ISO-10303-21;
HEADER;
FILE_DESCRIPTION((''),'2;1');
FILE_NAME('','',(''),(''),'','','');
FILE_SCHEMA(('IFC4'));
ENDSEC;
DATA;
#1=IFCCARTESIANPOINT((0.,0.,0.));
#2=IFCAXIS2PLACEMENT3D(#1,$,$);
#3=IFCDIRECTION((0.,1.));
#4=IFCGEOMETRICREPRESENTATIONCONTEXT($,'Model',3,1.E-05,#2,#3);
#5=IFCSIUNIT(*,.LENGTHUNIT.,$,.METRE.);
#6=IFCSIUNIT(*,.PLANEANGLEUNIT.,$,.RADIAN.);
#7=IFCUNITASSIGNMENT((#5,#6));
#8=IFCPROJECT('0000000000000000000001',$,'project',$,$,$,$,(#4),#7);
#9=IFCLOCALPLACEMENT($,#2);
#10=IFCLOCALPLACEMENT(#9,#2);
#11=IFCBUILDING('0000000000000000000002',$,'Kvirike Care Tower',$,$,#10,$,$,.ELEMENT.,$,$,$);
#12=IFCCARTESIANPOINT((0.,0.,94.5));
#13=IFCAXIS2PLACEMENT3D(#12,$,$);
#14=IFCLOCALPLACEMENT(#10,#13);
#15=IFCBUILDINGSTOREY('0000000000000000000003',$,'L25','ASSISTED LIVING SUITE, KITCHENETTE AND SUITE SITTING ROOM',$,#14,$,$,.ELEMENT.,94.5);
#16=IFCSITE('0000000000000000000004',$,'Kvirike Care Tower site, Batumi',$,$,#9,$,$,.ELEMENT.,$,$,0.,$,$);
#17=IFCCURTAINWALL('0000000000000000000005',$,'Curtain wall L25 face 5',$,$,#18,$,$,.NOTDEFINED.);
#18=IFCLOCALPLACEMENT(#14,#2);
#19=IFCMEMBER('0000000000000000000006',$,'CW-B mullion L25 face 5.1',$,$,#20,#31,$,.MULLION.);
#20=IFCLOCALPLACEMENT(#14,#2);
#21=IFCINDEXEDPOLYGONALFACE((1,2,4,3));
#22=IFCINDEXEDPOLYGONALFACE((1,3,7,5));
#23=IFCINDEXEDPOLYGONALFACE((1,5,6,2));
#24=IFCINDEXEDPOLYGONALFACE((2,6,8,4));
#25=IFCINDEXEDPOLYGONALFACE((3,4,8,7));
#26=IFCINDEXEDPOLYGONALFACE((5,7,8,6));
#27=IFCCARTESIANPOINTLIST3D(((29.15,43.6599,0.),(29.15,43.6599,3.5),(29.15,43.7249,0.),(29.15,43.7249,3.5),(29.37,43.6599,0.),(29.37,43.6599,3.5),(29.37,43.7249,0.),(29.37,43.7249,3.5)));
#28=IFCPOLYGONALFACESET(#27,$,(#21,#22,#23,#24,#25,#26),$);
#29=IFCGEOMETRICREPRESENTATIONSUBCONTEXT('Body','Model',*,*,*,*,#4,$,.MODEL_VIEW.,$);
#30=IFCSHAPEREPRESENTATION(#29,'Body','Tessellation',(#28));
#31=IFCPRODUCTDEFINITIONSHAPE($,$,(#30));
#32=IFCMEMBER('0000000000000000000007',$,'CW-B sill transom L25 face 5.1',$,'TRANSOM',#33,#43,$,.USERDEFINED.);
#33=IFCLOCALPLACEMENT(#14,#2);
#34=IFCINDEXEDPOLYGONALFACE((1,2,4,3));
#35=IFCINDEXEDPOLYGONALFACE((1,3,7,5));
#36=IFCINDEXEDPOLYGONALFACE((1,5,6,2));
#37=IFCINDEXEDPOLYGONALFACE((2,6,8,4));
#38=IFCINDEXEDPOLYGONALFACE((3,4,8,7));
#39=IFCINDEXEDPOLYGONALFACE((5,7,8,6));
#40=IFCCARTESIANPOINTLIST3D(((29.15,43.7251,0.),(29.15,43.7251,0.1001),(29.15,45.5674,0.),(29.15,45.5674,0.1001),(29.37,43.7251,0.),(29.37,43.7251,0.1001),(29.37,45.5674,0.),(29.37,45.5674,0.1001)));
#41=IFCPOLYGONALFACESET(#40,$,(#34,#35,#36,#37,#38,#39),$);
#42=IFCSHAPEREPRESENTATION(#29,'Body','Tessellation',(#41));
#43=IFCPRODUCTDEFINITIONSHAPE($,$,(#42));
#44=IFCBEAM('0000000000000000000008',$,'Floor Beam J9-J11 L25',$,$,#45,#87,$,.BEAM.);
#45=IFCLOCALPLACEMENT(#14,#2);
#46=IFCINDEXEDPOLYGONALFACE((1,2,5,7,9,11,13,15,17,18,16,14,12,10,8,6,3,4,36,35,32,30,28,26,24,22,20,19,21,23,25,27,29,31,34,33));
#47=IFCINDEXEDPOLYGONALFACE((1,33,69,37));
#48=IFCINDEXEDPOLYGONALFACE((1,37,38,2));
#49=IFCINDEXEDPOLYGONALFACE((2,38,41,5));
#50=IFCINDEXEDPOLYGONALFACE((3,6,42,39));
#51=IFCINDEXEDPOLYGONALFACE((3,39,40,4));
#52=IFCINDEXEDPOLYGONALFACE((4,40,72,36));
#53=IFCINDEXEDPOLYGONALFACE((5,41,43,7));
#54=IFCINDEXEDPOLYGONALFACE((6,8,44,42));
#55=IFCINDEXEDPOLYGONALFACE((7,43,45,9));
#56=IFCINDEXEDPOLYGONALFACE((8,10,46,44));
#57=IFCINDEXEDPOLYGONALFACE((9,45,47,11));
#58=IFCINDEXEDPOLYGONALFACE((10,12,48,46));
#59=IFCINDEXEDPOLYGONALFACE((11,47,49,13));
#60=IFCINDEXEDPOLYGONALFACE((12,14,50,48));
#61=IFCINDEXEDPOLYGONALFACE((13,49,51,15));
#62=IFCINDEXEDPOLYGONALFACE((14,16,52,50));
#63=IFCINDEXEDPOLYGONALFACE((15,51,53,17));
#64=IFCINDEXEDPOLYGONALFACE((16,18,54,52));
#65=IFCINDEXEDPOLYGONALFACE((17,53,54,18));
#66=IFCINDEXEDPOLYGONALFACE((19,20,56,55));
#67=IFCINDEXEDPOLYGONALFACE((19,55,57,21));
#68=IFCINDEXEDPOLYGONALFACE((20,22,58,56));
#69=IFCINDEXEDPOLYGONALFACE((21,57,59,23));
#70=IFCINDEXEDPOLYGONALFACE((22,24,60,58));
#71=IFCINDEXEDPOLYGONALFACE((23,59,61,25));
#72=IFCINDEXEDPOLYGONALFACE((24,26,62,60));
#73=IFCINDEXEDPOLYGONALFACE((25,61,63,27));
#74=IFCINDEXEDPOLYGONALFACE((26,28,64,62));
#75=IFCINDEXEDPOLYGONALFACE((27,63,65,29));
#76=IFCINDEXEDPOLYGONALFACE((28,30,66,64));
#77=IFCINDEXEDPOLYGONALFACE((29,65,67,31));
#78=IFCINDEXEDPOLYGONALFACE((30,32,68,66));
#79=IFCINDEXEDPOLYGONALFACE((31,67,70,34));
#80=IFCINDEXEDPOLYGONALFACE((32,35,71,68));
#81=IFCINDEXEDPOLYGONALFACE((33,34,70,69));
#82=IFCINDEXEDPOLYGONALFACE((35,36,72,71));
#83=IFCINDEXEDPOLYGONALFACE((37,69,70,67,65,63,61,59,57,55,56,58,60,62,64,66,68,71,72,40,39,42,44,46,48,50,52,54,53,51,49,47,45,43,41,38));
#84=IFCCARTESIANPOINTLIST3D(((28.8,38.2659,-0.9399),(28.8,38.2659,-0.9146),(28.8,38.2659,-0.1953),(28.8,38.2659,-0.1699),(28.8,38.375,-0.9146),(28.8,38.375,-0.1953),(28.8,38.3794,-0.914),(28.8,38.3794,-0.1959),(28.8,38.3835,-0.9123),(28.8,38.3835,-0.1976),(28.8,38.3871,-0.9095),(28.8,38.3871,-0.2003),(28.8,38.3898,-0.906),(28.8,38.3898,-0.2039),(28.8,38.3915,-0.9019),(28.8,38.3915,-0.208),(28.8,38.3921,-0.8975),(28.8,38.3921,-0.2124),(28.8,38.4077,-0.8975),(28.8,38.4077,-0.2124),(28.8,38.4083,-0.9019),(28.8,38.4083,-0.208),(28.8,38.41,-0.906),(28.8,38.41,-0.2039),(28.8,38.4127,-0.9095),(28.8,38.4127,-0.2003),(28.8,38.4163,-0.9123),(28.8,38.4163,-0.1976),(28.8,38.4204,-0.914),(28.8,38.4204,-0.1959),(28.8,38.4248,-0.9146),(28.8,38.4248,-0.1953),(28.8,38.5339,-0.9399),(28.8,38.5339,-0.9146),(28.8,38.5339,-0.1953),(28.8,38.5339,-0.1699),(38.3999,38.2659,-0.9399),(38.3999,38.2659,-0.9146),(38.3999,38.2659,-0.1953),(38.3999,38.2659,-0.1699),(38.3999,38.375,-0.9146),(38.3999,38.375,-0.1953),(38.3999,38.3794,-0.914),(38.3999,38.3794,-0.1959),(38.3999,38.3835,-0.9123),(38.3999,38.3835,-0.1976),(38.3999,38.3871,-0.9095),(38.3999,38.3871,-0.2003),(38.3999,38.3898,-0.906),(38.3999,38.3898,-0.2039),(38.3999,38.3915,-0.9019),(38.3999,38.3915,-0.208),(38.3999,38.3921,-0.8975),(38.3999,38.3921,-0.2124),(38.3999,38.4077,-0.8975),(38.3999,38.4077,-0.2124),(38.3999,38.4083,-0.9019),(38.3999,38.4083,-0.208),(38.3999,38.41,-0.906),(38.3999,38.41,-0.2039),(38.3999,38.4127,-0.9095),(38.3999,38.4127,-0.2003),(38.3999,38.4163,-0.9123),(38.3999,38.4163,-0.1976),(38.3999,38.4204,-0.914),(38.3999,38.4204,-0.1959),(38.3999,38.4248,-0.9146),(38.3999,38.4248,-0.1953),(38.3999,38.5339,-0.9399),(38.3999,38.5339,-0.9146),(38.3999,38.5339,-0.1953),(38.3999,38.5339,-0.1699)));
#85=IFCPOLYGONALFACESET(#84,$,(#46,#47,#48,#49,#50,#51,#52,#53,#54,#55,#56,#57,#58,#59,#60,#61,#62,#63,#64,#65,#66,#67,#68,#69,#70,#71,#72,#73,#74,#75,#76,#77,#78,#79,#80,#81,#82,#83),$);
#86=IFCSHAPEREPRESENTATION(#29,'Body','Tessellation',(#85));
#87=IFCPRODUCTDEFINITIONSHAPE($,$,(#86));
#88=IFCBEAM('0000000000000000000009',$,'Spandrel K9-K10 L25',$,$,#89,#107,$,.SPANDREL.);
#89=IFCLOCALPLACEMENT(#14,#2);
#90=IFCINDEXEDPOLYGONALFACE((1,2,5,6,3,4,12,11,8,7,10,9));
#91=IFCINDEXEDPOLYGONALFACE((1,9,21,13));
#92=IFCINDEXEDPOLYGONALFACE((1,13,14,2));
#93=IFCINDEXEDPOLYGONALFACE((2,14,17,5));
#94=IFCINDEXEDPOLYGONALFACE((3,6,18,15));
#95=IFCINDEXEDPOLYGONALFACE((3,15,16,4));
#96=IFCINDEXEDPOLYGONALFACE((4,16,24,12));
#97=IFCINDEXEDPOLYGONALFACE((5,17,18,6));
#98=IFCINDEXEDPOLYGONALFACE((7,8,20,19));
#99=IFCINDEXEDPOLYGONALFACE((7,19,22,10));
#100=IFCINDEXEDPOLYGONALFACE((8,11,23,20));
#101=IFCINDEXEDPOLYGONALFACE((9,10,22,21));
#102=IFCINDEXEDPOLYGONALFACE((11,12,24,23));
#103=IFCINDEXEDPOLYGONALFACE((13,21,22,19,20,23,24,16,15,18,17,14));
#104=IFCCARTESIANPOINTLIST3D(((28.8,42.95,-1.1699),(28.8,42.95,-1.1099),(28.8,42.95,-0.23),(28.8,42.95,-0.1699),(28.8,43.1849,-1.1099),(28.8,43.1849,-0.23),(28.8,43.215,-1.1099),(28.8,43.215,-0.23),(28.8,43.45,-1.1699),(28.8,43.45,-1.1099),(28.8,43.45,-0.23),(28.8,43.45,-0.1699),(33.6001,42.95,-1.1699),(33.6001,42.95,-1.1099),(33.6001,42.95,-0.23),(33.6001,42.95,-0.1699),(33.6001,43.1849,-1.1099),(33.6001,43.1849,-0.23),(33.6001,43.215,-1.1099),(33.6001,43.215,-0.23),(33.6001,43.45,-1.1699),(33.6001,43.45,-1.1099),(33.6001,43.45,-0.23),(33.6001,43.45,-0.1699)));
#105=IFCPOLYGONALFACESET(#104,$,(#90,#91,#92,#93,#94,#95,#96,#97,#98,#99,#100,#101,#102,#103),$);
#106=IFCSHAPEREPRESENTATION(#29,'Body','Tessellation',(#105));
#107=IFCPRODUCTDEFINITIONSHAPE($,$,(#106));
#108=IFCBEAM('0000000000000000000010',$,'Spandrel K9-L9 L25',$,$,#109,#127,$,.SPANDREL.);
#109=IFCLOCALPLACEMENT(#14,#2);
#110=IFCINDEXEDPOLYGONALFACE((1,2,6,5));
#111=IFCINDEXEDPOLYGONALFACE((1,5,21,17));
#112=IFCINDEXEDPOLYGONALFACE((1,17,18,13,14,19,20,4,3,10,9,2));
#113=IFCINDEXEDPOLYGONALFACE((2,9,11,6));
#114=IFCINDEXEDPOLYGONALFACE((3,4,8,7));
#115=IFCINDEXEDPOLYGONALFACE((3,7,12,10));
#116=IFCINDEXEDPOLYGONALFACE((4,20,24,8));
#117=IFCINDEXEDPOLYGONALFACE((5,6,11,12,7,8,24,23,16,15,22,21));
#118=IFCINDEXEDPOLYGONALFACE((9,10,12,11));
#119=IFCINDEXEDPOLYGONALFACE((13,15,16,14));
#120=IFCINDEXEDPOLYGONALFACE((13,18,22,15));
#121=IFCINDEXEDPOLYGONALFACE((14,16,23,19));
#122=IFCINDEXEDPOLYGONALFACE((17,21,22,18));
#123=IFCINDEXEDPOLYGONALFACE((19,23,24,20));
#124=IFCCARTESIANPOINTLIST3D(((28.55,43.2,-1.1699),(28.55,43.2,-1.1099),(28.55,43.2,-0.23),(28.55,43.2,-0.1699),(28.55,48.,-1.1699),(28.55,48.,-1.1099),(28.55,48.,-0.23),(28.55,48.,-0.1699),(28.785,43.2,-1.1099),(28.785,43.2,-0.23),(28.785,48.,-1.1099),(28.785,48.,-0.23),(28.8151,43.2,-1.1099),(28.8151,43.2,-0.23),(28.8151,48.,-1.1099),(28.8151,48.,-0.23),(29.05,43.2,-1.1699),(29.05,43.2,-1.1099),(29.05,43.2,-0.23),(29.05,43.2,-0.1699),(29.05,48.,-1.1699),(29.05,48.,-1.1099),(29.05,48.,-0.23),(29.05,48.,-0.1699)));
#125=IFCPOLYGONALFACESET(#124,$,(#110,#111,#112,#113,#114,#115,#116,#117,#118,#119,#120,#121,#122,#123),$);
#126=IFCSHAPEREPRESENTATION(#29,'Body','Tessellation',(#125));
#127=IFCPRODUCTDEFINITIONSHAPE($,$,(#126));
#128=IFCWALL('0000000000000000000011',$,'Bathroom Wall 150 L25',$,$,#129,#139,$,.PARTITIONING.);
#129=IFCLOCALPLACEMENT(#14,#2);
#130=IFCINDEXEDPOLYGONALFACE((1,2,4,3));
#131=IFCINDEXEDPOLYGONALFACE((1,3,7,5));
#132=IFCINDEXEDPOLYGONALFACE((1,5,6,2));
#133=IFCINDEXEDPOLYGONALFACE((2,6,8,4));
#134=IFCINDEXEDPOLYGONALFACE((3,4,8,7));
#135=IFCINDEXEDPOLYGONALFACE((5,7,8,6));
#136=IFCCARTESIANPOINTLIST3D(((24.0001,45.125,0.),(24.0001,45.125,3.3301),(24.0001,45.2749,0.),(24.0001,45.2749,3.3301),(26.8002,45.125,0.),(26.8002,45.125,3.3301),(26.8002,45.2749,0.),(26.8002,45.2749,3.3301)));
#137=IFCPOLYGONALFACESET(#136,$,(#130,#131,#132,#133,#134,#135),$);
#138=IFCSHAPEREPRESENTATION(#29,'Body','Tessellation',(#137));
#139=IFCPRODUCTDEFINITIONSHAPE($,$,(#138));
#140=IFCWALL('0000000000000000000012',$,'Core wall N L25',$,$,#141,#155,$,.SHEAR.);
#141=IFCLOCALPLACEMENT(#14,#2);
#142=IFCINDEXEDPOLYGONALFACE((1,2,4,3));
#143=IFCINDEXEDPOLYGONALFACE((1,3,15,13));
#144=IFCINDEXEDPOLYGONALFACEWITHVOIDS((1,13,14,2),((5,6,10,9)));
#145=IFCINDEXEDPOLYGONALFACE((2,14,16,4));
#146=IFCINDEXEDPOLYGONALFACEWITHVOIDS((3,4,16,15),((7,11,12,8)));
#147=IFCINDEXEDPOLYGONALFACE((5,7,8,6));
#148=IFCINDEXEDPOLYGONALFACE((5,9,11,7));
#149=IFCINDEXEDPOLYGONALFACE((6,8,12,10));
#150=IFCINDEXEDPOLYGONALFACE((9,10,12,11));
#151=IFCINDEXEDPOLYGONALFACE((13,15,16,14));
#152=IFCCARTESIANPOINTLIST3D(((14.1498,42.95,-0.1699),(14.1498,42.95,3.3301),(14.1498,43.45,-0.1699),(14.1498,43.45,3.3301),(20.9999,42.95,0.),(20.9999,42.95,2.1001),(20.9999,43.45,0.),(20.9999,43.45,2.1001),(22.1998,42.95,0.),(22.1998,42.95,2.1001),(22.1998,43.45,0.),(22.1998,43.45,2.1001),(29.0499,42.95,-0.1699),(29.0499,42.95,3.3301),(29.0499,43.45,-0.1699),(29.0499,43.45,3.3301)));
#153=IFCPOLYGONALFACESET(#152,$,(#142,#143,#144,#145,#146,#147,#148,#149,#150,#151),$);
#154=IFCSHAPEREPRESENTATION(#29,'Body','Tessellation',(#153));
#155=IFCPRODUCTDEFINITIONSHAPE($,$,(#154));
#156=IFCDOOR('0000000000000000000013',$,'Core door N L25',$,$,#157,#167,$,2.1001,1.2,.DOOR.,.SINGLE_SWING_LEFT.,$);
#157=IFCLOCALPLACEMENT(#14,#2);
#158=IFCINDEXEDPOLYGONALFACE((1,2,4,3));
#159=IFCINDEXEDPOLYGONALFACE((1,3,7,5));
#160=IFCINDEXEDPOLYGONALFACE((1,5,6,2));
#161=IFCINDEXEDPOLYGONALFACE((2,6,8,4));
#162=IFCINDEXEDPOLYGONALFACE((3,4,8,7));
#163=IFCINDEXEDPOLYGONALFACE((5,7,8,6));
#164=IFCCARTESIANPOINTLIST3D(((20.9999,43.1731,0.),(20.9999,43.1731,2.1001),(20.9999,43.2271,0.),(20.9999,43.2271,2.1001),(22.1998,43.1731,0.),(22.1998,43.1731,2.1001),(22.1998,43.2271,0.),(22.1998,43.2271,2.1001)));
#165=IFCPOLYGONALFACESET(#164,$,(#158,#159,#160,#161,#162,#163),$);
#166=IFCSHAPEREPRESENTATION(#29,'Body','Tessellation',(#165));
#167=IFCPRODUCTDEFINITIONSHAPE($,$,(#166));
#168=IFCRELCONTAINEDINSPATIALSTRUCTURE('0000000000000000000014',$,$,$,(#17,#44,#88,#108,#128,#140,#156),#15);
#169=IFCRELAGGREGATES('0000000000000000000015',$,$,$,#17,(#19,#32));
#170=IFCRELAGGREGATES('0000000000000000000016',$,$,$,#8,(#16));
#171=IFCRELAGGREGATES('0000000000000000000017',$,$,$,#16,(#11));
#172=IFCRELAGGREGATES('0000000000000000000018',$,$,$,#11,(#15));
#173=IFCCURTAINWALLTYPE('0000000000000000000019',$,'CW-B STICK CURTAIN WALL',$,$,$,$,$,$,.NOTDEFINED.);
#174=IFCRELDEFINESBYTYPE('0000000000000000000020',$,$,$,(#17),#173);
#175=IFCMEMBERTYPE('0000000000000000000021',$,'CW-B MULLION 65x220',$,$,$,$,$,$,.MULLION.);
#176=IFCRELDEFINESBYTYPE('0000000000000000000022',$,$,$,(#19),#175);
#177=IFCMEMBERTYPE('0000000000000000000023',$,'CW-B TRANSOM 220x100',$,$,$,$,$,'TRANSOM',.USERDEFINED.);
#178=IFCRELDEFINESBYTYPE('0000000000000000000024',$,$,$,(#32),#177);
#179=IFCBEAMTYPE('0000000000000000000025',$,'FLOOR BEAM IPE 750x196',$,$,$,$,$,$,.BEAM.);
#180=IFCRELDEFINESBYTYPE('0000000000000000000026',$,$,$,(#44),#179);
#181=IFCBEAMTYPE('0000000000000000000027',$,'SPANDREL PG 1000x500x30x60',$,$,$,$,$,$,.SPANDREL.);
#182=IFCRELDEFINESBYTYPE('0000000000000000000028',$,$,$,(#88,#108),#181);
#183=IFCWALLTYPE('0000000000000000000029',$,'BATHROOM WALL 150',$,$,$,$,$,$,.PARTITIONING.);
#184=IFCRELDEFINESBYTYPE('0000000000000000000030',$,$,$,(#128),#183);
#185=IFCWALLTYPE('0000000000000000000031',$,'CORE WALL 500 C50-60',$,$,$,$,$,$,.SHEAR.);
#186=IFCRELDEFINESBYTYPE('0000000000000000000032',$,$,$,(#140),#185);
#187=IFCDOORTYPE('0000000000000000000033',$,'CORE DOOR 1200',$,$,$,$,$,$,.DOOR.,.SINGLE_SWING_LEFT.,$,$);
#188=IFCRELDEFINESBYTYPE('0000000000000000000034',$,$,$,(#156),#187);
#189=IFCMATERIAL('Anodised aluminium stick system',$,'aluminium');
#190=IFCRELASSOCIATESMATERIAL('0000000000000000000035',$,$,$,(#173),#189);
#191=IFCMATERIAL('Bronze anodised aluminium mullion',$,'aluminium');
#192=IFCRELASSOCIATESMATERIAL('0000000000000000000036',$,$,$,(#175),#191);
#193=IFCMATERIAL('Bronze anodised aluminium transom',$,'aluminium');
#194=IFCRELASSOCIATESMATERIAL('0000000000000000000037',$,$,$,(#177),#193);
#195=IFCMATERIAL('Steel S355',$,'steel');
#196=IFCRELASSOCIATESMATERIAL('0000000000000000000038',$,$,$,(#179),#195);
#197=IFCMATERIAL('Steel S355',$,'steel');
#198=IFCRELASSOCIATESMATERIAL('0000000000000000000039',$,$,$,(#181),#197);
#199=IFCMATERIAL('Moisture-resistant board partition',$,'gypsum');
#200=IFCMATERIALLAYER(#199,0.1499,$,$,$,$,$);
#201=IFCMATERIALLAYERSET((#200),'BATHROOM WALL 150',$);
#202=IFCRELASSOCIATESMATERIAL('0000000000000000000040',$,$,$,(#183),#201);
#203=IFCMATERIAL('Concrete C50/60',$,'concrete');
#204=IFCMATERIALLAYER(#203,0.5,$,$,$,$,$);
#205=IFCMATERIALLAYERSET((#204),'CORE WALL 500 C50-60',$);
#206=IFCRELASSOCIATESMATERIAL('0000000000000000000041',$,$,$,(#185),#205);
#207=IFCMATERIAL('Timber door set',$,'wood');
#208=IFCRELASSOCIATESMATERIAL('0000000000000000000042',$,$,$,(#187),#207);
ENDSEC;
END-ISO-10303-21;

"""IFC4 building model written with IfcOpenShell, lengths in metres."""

from ifc_helpers import new_model, si_unit, direction, frame, frame_2d, origin, origin_2d, place, context, subcontext, project, spatial, rectangle, i_section, extrude, material, layer, layer_set, material_profile, profile_set, type_object, element, fill, aggregate, save


model = new_model("IFC4")

# Units and contexts
model_context = context("Model", 3, precision=1e-05, world=origin(), true_north=direction((0.0, 1.0)))
body_context = subcontext(model_context, "Body", "Model", "MODEL_VIEW")
ifc_project = project(units=[si_unit("LENGTHUNIT", "METRE"), si_unit("PLANEANGLEUNIT", "RADIAN")], contexts=[model_context])

# Site, building, storey
site_placement = place(None, origin())
site = spatial("IfcSite", under=ifc_project, at=site_placement, Name="Kvirike Care Tower site, Batumi", CompositionType="ELEMENT", RefElevation=0.0)
building_placement = place(site_placement, origin())
building = spatial("IfcBuilding", under=site, at=building_placement, Name="Kvirike Care Tower", CompositionType="ELEMENT")
storey_placement = place(building_placement, frame((0.0, 0.0, 94.5)))
storey = spatial("IfcBuildingStorey", under=building, at=storey_placement, Name="L25", Description="ASSISTED LIVING SUITE, KITCHENETTE AND SUITE SITTING ROOM", CompositionType="ELEMENT", Elevation=94.5)

# Curtain wall, members
ifc_material_1 = material(Name="Anodised aluminium stick system", Category="aluminium")
curtain_wall_type = type_object("IfcCurtainWallType", Name="CW-B STICK CURTAIN WALL", PredefinedType="NOTDEFINED", material=ifc_material_1)
curtain_wall_placement = place(storey_placement, origin())
curtain_wall = element("IfcCurtainWall", 1, at=curtain_wall_placement, inside=storey, type_object=curtain_wall_type, Name="Curtain wall L25 face 5", PredefinedType="NOTDEFINED")
ifc_material_2 = material(Name="Bronze anodised aluminium mullion", Category="aluminium")
ifc_material_profile_1 = material_profile(ifc_material_2, rectangle(XDim=0.0649, YDim=0.22, at=origin_2d()), Name="CW-B MULLION 65x220")
ifc_profile_set_1 = profile_set([ifc_material_profile_1], Name="Bronze anodised aluminium mullion")
member_type_1 = type_object("IfcMemberType", Name="CW-B MULLION 65x220", PredefinedType="MULLION", material=ifc_profile_set_1)
member_1_placement = place(storey_placement, frame((29.26, 43.6924, 0.0), z_axis=(0.0, 0.0, 1.0), x_axis=(0.0, 1.0, 0.0)))
member_1 = element("IfcMember", 2, at=member_1_placement, type_object=member_type_1, Name="CW-B mullion L25 face 5.1", PredefinedType="MULLION", context=body_context, shape_type="SweptSolid", body=[
    extrude(rectangle(XDim=0.0649, YDim=0.22, at=origin_2d()), origin(), (0.0, 0.0, 1.0), 3.5),
])
ifc_material_3 = material(Name="Bronze anodised aluminium transom", Category="aluminium")
ifc_material_profile_2 = material_profile(ifc_material_3, rectangle(XDim=0.22, YDim=0.1001, at=origin_2d()), Name="CW-B TRANSOM 220x100")
ifc_profile_set_2 = profile_set([ifc_material_profile_2], Name="Bronze anodised aluminium transom")
member_type_2 = type_object("IfcMemberType", Name="CW-B TRANSOM 220x100", ElementType="TRANSOM", PredefinedType="USERDEFINED", material=ifc_profile_set_2)
member_2_placement = place(storey_placement, frame((29.26, 43.7251, 0.05), z_axis=(0.0, 1.0, 0.0), x_axis=(-1.0, 0.0, 0.0)))
member_2 = element("IfcMember", 3, at=member_2_placement, type_object=member_type_2, Name="CW-B sill transom L25 face 5.1", ObjectType="TRANSOM", PredefinedType="USERDEFINED", context=body_context, shape_type="SweptSolid", body=[
    extrude(rectangle(XDim=0.22, YDim=0.1001, at=origin_2d()), origin(), (0.0, 0.0, 1.0), 1.8423),
])
aggregate(curtain_wall, [member_1, member_2])

# Beams
ifc_material_4 = material(Name="Steel S355", Category="steel")
ifc_material_profile_3 = material_profile(ifc_material_4, i_section(OverallWidth=0.2681, OverallDepth=0.77, WebThickness=0.0156, FlangeThickness=0.0254, FilletRadius=0.0171, at=origin_2d()), Name="IPE 750x196")
ifc_profile_set_3 = profile_set([ifc_material_profile_3], Name="Steel S355")
beam_type_1 = type_object("IfcBeamType", Name="FLOOR BEAM IPE 750x196", PredefinedType="BEAM", material=ifc_profile_set_3)
beam_placement = place(storey_placement, frame((28.8, 38.3999, -0.5549), z_axis=(1.0, 0.0, 0.0), x_axis=(0.0, 1.0, 0.0)))
element("IfcBeam", 4, at=beam_placement, inside=storey, type_object=beam_type_1, Name="Floor Beam J9-J11 L25", PredefinedType="BEAM", context=body_context, shape_type="SweptSolid", body=[
    extrude(i_section(OverallWidth=0.2681, OverallDepth=0.77, WebThickness=0.0156, FlangeThickness=0.0254, FilletRadius=0.0171, at=origin_2d()), origin(), (0.0, 0.0, 1.0), 9.5999),
])
ifc_material_5 = material(Name="Steel S355", Category="steel")
ifc_material_profile_4 = material_profile(ifc_material_5, i_section(OverallWidth=0.5, OverallDepth=1.0, WebThickness=0.03, FlangeThickness=0.0601, at=origin_2d()), Name="PG 1000x500x30x60")
ifc_profile_set_4 = profile_set([ifc_material_profile_4], Name="Steel S355")
beam_type_2 = type_object("IfcBeamType", Name="SPANDREL PG 1000x500x30x60", PredefinedType="SPANDREL", material=ifc_profile_set_4)
for number, where, z_axis, x_axis, name in (
    (5, (28.8, 43.2, -0.6699), (1.0, 0.0, 0.0), (0.0, 1.0, 0.0), "Spandrel K9-K10 L25"),
    (6, (28.8, 43.2, -0.6699), (0.0, 1.0, 0.0), (-1.0, 0.0, 0.0), "Spandrel K9-L9 L25"),
):
    element("IfcBeam", number, at=place(storey_placement, frame(where, z_axis=z_axis, x_axis=x_axis)), inside=storey, type_object=beam_type_2, Name=name, PredefinedType="SPANDREL", context=body_context, shape_type="SweptSolid", body=[
        extrude(i_section(OverallWidth=0.5, OverallDepth=1.0, WebThickness=0.03, FlangeThickness=0.0601, at=origin_2d()), origin(), (0.0, 0.0, 1.0), 4.8),
    ])

# Wall
ifc_material_6 = material(Name="Moisture-resistant board partition", Category="gypsum")
ifc_layer_1 = layer(ifc_material_6, 0.1499)
ifc_layer_set_1 = layer_set([ifc_layer_1], Name="BATHROOM WALL 150")
wall_type_1 = type_object("IfcWallType", Name="BATHROOM WALL 150", PredefinedType="PARTITIONING", material=ifc_layer_set_1)
wall_1_placement = place(storey_placement, frame((26.8, 45.2, 0.0), z_axis=(0.0, 0.0, 1.0), x_axis=(-1.0, 0.0, 0.0)))
element("IfcWall", 7, at=wall_1_placement, inside=storey, type_object=wall_type_1, Name="Bathroom Wall 150 L25", PredefinedType="PARTITIONING", context=body_context, shape_type="SweptSolid", body=[
    extrude(rectangle(XDim=2.8, YDim=0.1499, at=frame_2d((1.3999, 0.0))), origin(), (0.0, 0.0, 1.0), 3.3301),
])

# Wall, opening, door
ifc_material_7 = material(Name="Concrete C50/60", Category="concrete")
ifc_layer_2 = layer(ifc_material_7, 0.5)
ifc_layer_set_2 = layer_set([ifc_layer_2], Name="CORE WALL 500 C50-60")
wall_type_2 = type_object("IfcWallType", Name="CORE WALL 500 C50-60", PredefinedType="SHEAR", material=ifc_layer_set_2)
wall_2_placement = place(storey_placement, frame((29.05, 43.2, -0.1699), z_axis=(0.0, 0.0, 1.0), x_axis=(-1.0, 0.0, 0.0)))
wall_2 = element("IfcWall", 8, at=wall_2_placement, inside=storey, type_object=wall_type_2, Name="Core wall N L25", PredefinedType="SHEAR", context=body_context, shape_type="SweptSolid", body=[
    extrude(rectangle(XDim=14.9001, YDim=0.5, at=frame_2d((7.4502, 0.0))), origin(), (0.0, 0.0, 1.0), 3.5),
])
opening_1_placement = place(wall_2_placement, frame((6.8501, 0.0, 0.1699)))
opening_1 = element("IfcOpeningElement", 9, at=opening_1_placement, cuts=wall_2, PredefinedType="OPENING", context=body_context, shape_type="SweptSolid", body=[
    extrude(rectangle(XDim=1.2, YDim=2.1001, at=frame_2d((0.6001, 1.05))), frame((0.0, 0.2605, 0.0), z_axis=(0.0, -1.0, 0.0), x_axis=(1.0, 0.0, 0.0)), (0.0, 0.0, 1.0), 0.521),
])
ifc_material_8 = material(Name="Timber door set", Category="wood")
door_type_1 = type_object("IfcDoorType", Name="CORE DOOR 1200", OperationType="SINGLE_SWING_LEFT", PredefinedType="DOOR", material=ifc_material_8)
door_1_placement = place(opening_1_placement, origin())
door_1 = element("IfcDoor", 10, at=door_1_placement, inside=storey, type_object=door_type_1, Name="Core door N L25", OperationType="SINGLE_SWING_LEFT", OverallHeight=2.1001, OverallWidth=1.2, PredefinedType="DOOR", context=body_context, shape_type="SweptSolid", body=[
    extrude(rectangle(XDim=1.2, YDim=2.1001, at=frame_2d((0.6001, 1.05))), frame((0.0, 0.0269, 0.0), z_axis=(0.0, -1.0, 0.0), x_axis=(1.0, 0.0, 0.0)), (0.0, 0.0, 1.0), 0.054),
])
fill(opening_1, door_1)

save(model, "model.ifc")
